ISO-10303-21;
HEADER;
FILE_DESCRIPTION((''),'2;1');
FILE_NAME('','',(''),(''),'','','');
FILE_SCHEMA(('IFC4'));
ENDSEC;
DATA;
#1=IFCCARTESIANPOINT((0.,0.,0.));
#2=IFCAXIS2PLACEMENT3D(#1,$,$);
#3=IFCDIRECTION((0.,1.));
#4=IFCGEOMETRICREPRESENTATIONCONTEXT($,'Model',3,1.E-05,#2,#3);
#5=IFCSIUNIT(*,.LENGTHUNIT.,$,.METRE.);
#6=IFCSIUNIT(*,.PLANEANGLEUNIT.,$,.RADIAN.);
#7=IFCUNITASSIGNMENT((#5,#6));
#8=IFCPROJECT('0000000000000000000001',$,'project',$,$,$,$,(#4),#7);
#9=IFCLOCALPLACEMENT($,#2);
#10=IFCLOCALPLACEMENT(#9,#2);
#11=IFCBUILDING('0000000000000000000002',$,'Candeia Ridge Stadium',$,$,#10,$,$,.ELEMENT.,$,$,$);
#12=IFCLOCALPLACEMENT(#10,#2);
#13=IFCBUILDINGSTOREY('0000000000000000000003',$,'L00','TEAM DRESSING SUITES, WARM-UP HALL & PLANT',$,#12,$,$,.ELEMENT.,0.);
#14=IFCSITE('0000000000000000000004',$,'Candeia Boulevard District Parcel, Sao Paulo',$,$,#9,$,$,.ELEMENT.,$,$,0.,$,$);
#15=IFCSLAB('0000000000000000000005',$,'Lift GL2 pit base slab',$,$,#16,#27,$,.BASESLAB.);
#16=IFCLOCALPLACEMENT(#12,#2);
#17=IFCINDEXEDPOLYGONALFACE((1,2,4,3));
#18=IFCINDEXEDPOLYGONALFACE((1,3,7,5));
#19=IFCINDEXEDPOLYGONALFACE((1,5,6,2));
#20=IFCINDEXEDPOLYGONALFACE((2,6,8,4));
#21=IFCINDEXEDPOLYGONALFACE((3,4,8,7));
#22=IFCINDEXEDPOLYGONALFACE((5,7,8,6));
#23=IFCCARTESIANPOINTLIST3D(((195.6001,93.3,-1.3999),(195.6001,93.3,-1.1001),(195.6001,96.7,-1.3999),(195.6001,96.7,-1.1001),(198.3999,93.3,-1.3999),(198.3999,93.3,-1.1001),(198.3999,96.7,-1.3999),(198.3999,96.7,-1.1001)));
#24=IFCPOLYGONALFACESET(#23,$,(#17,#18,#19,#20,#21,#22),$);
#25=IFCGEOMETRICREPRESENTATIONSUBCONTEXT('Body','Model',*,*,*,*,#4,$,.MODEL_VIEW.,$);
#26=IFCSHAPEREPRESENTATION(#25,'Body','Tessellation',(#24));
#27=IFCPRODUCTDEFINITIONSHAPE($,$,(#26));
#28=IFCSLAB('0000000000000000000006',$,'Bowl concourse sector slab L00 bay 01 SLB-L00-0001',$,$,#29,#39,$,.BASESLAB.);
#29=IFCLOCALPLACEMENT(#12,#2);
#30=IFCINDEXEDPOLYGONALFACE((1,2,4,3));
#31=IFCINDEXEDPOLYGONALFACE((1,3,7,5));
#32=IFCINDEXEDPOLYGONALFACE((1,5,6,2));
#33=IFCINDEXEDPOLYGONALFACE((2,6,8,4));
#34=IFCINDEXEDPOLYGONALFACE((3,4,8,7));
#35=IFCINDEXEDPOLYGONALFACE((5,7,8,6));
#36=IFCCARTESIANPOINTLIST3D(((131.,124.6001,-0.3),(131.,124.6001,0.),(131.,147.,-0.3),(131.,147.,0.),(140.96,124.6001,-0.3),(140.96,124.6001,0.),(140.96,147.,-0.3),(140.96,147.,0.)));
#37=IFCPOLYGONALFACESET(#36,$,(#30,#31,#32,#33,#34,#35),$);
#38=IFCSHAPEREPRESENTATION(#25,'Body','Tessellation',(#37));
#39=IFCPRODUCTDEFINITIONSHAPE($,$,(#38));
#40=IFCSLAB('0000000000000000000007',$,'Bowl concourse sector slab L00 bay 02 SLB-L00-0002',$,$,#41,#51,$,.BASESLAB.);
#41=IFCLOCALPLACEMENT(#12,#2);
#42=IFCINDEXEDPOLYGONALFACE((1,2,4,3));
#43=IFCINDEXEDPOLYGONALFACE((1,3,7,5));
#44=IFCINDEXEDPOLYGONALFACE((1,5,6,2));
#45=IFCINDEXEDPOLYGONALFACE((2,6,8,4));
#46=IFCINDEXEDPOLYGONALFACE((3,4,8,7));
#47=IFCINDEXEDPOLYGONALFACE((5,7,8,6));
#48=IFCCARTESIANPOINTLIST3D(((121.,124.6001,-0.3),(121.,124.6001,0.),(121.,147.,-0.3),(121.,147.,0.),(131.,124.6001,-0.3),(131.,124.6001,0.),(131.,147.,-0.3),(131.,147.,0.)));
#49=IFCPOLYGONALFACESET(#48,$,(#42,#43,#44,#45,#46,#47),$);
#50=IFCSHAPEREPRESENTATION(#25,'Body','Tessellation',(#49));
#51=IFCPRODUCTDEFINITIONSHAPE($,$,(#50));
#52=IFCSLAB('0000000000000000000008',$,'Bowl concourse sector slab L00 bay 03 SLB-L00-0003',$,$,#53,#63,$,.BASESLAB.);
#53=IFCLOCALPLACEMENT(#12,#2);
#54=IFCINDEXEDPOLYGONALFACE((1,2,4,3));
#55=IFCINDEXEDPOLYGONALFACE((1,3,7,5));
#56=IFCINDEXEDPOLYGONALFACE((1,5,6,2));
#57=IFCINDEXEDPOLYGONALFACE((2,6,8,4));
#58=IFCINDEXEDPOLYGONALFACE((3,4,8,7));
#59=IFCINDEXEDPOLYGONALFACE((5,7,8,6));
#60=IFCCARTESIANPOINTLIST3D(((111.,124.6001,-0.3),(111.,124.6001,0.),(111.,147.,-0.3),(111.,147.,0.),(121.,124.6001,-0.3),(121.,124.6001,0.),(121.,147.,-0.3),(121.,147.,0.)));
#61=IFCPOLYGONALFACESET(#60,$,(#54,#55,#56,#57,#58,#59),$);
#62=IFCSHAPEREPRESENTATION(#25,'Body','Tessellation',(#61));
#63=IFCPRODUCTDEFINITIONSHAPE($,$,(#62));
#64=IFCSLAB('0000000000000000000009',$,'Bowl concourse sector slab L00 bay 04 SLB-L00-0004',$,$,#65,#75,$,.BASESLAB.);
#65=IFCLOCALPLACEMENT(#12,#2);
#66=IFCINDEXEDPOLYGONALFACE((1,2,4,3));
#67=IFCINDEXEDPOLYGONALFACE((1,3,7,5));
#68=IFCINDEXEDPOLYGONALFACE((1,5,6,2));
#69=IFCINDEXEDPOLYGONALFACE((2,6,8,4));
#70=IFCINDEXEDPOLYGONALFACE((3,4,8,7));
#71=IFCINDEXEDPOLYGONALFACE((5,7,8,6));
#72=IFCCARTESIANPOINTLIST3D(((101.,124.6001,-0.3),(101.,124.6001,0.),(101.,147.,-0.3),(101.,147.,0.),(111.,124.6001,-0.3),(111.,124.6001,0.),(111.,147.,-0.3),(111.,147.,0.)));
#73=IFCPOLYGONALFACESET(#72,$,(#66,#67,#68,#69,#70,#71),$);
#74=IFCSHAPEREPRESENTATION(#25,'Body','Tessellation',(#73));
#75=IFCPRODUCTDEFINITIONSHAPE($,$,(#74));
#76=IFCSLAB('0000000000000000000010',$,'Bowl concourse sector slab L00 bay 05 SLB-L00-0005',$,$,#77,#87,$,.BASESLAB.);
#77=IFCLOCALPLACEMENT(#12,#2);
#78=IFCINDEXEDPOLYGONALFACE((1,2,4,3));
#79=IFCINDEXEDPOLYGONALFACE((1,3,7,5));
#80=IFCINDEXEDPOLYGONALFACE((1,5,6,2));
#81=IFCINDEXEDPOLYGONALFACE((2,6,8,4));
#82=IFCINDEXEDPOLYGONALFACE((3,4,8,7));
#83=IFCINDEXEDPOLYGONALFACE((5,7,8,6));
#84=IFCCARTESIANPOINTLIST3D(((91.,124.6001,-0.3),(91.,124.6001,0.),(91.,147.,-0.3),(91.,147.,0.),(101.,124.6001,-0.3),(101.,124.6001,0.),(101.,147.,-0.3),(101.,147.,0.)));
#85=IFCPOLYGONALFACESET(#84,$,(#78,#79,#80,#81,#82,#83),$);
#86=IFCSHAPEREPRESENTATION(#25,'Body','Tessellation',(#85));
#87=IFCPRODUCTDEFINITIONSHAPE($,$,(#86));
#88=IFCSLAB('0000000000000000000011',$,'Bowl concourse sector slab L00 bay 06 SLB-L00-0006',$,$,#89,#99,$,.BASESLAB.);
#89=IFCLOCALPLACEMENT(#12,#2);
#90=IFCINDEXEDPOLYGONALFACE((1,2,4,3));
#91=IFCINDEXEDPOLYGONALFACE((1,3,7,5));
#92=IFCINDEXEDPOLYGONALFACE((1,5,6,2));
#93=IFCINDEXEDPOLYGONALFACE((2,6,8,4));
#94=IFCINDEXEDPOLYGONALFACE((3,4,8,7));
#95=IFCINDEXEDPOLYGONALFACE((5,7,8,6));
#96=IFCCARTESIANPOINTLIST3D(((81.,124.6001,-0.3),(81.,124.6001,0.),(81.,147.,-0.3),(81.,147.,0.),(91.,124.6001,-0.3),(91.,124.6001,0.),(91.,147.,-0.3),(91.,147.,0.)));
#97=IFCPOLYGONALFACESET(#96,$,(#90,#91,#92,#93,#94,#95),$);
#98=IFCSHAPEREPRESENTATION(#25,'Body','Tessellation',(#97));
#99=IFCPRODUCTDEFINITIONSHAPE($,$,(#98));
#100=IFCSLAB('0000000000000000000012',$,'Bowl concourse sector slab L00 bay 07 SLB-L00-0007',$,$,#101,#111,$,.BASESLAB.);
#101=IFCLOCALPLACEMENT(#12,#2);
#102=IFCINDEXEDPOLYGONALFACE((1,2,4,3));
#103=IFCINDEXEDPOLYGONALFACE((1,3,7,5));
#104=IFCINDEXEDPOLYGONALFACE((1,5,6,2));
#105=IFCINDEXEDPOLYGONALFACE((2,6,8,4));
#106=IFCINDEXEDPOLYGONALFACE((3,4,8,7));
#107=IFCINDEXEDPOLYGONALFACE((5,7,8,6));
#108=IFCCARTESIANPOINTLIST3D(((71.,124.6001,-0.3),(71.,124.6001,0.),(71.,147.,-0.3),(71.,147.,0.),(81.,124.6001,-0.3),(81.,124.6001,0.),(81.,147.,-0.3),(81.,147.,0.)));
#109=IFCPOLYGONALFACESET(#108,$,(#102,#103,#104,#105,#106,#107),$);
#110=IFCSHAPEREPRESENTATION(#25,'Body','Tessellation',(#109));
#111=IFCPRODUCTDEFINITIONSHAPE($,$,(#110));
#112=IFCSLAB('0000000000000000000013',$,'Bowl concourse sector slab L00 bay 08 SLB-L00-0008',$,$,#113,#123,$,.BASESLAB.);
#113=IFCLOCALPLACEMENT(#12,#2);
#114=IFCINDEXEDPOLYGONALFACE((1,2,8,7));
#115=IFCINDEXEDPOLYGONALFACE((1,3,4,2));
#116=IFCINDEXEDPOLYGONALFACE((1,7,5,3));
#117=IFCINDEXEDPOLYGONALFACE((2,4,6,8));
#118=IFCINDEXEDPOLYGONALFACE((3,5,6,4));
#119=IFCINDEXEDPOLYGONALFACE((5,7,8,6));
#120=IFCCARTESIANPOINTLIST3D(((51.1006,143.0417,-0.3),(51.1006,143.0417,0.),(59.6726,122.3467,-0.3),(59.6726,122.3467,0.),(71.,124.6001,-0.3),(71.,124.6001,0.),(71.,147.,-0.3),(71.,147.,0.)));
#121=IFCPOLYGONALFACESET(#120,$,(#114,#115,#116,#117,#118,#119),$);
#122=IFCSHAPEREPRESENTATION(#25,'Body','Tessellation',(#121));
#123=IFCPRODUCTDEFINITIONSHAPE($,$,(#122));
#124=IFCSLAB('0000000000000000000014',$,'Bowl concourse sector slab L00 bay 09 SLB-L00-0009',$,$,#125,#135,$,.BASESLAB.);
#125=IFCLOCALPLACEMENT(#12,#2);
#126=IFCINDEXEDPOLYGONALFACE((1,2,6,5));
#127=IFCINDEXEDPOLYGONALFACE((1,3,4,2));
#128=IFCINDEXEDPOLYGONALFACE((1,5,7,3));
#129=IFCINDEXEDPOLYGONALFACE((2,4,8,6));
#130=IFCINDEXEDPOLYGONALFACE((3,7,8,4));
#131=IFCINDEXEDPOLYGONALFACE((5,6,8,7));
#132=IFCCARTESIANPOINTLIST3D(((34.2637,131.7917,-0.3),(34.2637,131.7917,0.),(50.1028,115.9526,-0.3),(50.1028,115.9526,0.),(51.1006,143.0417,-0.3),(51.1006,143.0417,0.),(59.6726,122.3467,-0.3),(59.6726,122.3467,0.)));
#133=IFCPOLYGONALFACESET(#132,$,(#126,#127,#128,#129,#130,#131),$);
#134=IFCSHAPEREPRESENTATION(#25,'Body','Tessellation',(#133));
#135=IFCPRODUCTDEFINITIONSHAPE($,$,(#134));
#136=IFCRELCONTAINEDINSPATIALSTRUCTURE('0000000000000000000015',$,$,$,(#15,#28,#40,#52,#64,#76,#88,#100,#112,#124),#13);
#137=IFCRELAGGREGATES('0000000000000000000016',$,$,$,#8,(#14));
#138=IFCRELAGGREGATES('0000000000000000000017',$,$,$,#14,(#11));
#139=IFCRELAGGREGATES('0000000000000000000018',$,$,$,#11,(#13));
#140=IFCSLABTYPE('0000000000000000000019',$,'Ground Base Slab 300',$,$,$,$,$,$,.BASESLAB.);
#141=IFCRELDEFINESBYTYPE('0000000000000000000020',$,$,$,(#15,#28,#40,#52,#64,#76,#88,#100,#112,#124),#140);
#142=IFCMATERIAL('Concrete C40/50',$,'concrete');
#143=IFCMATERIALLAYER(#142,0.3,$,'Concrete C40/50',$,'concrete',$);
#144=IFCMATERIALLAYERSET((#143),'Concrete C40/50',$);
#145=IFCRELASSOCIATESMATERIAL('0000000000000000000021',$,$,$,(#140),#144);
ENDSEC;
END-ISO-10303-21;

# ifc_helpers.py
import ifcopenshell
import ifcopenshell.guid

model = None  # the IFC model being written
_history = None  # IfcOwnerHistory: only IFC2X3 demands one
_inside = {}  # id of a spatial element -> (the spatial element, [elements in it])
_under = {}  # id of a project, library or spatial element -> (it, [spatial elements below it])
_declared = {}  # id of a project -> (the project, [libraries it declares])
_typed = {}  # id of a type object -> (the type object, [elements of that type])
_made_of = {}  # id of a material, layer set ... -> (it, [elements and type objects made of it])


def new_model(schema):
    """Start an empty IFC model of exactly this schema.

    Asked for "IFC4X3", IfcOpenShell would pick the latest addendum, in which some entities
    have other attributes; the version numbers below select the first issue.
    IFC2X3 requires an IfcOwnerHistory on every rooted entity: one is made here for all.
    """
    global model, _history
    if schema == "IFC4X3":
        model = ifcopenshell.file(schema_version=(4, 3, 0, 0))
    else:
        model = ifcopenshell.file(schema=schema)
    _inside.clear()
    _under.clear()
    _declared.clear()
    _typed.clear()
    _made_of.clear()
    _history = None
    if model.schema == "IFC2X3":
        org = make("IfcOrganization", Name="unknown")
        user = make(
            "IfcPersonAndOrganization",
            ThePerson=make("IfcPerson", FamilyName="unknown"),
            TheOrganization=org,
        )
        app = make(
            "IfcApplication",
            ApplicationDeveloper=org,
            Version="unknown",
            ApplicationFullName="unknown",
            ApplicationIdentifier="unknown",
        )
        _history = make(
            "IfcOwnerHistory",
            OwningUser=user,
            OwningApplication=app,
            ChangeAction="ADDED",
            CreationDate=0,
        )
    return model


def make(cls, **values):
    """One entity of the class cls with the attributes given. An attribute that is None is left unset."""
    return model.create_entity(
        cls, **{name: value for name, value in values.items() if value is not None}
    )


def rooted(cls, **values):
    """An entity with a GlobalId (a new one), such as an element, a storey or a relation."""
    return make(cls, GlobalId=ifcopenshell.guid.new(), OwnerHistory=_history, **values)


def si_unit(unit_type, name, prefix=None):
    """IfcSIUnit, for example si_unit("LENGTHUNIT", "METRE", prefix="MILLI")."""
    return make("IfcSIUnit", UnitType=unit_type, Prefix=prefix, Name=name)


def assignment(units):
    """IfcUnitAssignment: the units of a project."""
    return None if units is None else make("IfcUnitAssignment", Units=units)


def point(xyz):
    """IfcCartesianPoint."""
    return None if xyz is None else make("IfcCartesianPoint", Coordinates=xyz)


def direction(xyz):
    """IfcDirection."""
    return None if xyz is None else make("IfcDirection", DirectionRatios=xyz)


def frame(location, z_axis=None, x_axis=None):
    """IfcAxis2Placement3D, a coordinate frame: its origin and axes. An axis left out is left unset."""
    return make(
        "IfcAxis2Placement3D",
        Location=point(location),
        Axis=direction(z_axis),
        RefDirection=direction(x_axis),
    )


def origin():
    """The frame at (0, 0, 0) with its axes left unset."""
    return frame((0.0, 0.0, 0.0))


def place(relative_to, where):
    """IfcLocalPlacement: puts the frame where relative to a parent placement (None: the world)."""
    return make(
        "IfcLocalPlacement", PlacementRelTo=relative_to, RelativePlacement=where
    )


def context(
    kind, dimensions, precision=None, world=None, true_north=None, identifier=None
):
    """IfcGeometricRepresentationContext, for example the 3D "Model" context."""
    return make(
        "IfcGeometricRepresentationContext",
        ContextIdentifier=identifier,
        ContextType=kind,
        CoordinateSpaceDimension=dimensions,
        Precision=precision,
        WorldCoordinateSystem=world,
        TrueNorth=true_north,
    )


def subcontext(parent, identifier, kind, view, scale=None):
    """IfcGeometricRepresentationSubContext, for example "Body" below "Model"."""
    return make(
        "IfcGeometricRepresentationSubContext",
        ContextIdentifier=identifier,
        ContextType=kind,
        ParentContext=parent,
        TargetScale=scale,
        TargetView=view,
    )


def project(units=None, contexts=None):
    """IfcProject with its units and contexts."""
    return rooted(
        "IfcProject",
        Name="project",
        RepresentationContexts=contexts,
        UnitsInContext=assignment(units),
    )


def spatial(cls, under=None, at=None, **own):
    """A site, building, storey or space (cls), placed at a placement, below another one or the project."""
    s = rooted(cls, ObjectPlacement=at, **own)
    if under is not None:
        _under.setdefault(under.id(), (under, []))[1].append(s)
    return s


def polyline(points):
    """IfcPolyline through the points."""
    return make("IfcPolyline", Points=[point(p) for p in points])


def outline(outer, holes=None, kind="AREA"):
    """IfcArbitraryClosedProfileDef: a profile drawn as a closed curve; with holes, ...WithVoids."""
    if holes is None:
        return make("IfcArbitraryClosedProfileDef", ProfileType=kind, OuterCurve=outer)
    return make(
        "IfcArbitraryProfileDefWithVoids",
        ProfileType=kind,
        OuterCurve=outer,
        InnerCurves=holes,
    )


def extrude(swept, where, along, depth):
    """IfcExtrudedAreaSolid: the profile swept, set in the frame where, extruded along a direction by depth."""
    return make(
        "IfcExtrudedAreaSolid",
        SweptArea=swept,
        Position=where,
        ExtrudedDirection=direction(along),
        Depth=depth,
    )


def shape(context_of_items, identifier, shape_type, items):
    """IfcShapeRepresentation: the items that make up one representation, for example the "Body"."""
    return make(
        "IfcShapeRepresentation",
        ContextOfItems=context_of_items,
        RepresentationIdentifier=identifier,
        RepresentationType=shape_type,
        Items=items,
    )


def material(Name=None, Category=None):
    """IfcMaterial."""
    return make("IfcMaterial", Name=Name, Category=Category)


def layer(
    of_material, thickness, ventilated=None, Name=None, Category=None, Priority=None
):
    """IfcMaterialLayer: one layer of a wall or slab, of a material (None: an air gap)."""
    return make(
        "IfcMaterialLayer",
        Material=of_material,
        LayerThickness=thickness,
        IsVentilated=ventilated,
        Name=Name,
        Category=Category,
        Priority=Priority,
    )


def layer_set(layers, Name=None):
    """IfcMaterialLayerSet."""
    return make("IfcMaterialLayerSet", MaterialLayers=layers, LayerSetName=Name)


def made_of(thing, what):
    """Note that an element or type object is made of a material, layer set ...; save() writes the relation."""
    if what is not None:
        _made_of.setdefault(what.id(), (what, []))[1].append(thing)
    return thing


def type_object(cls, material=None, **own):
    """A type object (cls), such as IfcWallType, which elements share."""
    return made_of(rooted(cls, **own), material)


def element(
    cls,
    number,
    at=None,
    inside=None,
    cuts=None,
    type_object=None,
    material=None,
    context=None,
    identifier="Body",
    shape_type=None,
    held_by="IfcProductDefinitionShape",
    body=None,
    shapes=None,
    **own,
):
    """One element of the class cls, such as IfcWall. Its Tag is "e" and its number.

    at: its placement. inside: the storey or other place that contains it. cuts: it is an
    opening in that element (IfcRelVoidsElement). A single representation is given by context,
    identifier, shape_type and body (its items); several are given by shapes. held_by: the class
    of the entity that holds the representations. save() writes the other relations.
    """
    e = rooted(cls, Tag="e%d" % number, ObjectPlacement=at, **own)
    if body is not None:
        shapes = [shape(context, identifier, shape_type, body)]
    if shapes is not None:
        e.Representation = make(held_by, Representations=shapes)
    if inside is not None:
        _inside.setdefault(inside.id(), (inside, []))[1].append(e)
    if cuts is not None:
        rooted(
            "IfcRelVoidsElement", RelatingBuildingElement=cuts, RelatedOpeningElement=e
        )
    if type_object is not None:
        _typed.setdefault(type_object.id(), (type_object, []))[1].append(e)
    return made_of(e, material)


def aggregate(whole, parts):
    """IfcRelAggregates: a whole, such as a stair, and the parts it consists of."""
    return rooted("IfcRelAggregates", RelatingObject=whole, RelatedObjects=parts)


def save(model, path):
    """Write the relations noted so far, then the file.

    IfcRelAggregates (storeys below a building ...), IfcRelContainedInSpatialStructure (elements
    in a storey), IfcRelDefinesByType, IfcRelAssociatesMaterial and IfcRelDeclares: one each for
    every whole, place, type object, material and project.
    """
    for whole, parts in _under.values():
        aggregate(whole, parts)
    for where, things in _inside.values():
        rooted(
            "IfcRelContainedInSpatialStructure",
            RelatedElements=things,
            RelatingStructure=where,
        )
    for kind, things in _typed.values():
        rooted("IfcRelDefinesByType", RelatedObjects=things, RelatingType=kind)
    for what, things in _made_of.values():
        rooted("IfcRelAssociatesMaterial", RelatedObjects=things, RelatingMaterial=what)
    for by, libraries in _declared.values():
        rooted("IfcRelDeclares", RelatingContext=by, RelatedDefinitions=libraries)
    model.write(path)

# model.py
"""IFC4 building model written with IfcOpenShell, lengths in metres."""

from ifc_helpers import new_model, si_unit, direction, frame, origin, place, context, subcontext, project, spatial, polyline, outline, extrude, material, layer, layer_set, type_object, element, save


model = new_model("IFC4")

# Units and contexts
model_context = context("Model", 3, precision=1e-05, world=origin(), true_north=direction((0.0, 1.0)))
body_context = subcontext(model_context, "Body", "Model", "MODEL_VIEW")
ifc_project = project(units=[si_unit("LENGTHUNIT", "METRE"), si_unit("PLANEANGLEUNIT", "RADIAN")], contexts=[model_context])

# Site, building, storey
site_placement = place(None, origin())
site = spatial("IfcSite", under=ifc_project, at=site_placement, Name="Candeia Boulevard District Parcel, Sao Paulo", CompositionType="ELEMENT", RefElevation=0.0)
building_placement = place(site_placement, origin())
building = spatial("IfcBuilding", under=site, at=building_placement, Name="Candeia Ridge Stadium", CompositionType="ELEMENT")
storey_placement = place(building_placement, origin())
storey = spatial("IfcBuildingStorey", under=building, at=storey_placement, Name="L00", Description="TEAM DRESSING SUITES, WARM-UP HALL & PLANT", CompositionType="ELEMENT", Elevation=0.0)

# Slabs
ifc_material = material(Name="Concrete C40/50", Category="concrete")
ifc_layer = layer(ifc_material, 0.3, Name="Concrete C40/50", Category="concrete")
ifc_layer_set = layer_set([ifc_layer], Name="Concrete C40/50")
slab_type = type_object("IfcSlabType", Name="Ground Base Slab 300", PredefinedType="BASESLAB", material=ifc_layer_set)
slab_1_placement = place(storey_placement, frame((0.0, 0.0, -1.3999)))
element("IfcSlab", 1, at=slab_1_placement, inside=storey, type_object=slab_type, Name="Lift GL2 pit base slab", PredefinedType="BASESLAB", context=body_context, shape_type="SweptSolid", body=[
    extrude(outline(polyline([(195.6001, 93.3), (198.3999, 93.3), (198.3999, 96.7), (195.6001, 96.7), (195.6001, 93.3)])), origin(), (0.0, 0.0, 1.0), 0.2998),
])
slab_2_placement = place(storey_placement, frame((0.0, 0.0, -0.3)))
element("IfcSlab", 2, at=slab_2_placement, inside=storey, type_object=slab_type, Name="Bowl concourse sector slab L00 bay 01 SLB-L00-0001", PredefinedType="BASESLAB", context=body_context, shape_type="SweptSolid", body=[
    extrude(outline(polyline([(140.96, 124.6001), (131.0, 124.6001), (131.0, 147.0), (140.96, 147.0), (140.96, 124.6001)])), origin(), (0.0, 0.0, 1.0), 0.3),
])
slab_3_placement = place(storey_placement, frame((0.0, 0.0, -0.3)))
element("IfcSlab", 3, at=slab_3_placement, inside=storey, type_object=slab_type, Name="Bowl concourse sector slab L00 bay 02 SLB-L00-0002", PredefinedType="BASESLAB", context=body_context, shape_type="SweptSolid", body=[
    extrude(outline(polyline([(131.0, 124.6001), (121.0, 124.6001), (121.0, 147.0), (131.0, 147.0), (131.0, 124.6001)])), origin(), (0.0, 0.0, 1.0), 0.3),
])
slab_4_placement = place(storey_placement, frame((0.0, 0.0, -0.3)))
element("IfcSlab", 4, at=slab_4_placement, inside=storey, type_object=slab_type, Name="Bowl concourse sector slab L00 bay 03 SLB-L00-0003", PredefinedType="BASESLAB", context=body_context, shape_type="SweptSolid", body=[
    extrude(outline(polyline([(121.0, 124.6001), (111.0, 124.6001), (111.0, 147.0), (121.0, 147.0), (121.0, 124.6001)])), origin(), (0.0, 0.0, 1.0), 0.3),
])
slab_5_placement = place(storey_placement, frame((0.0, 0.0, -0.3)))
element("IfcSlab", 5, at=slab_5_placement, inside=storey, type_object=slab_type, Name="Bowl concourse sector slab L00 bay 04 SLB-L00-0004", PredefinedType="BASESLAB", context=body_context, shape_type="SweptSolid", body=[
    extrude(outline(polyline([(111.0, 124.6001), (101.0, 124.6001), (101.0, 147.0), (111.0, 147.0), (111.0, 124.6001)])), origin(), (0.0, 0.0, 1.0), 0.3),
])
slab_6_placement = place(storey_placement, frame((0.0, 0.0, -0.3)))
element("IfcSlab", 6, at=slab_6_placement, inside=storey, type_object=slab_type, Name="Bowl concourse sector slab L00 bay 05 SLB-L00-0005", PredefinedType="BASESLAB", context=body_context, shape_type="SweptSolid", body=[
    extrude(outline(polyline([(101.0, 124.6001), (91.0, 124.6001), (91.0, 147.0), (101.0, 147.0), (101.0, 124.6001)])), origin(), (0.0, 0.0, 1.0), 0.3),
])
slab_7_placement = place(storey_placement, frame((0.0, 0.0, -0.3)))
element("IfcSlab", 7, at=slab_7_placement, inside=storey, type_object=slab_type, Name="Bowl concourse sector slab L00 bay 06 SLB-L00-0006", PredefinedType="BASESLAB", context=body_context, shape_type="SweptSolid", body=[
    extrude(outline(polyline([(91.0, 124.6001), (81.0, 124.6001), (81.0, 147.0), (91.0, 147.0), (91.0, 124.6001)])), origin(), (0.0, 0.0, 1.0), 0.3),
])
slab_8_placement = place(storey_placement, frame((0.0, 0.0, -0.3)))
element("IfcSlab", 8, at=slab_8_placement, inside=storey, type_object=slab_type, Name="Bowl concourse sector slab L00 bay 07 SLB-L00-0007", PredefinedType="BASESLAB", context=body_context, shape_type="SweptSolid", body=[
    extrude(outline(polyline([(81.0, 124.6001), (71.0, 124.6001), (71.0, 147.0), (81.0, 147.0), (81.0, 124.6001)])), origin(), (0.0, 0.0, 1.0), 0.3),
])
slab_9_placement = place(storey_placement, frame((0.0, 0.0, -0.3)))
element("IfcSlab", 9, at=slab_9_placement, inside=storey, type_object=slab_type, Name="Bowl concourse sector slab L00 bay 08 SLB-L00-0008", PredefinedType="BASESLAB", context=body_context, shape_type="SweptSolid", body=[
    extrude(outline(polyline([(71.0, 124.6001), (59.6726, 122.3467), (51.1006, 143.0417), (71.0, 147.0), (71.0, 124.6001)])), origin(), (0.0, 0.0, 1.0), 0.3),
])
slab_10_placement = place(storey_placement, frame((0.0, 0.0, -0.3)))
element("IfcSlab", 10, at=slab_10_placement, inside=storey, type_object=slab_type, Name="Bowl concourse sector slab L00 bay 09 SLB-L00-0009", PredefinedType="BASESLAB", context=body_context, shape_type="SweptSolid", body=[
    extrude(outline(polyline([(59.6726, 122.3467), (50.1028, 115.9526), (34.2637, 131.7917), (51.1006, 143.0417), (59.6726, 122.3467)])), origin(), (0.0, 0.0, 1.0), 0.3),
])

save(model, "model.ifc")
